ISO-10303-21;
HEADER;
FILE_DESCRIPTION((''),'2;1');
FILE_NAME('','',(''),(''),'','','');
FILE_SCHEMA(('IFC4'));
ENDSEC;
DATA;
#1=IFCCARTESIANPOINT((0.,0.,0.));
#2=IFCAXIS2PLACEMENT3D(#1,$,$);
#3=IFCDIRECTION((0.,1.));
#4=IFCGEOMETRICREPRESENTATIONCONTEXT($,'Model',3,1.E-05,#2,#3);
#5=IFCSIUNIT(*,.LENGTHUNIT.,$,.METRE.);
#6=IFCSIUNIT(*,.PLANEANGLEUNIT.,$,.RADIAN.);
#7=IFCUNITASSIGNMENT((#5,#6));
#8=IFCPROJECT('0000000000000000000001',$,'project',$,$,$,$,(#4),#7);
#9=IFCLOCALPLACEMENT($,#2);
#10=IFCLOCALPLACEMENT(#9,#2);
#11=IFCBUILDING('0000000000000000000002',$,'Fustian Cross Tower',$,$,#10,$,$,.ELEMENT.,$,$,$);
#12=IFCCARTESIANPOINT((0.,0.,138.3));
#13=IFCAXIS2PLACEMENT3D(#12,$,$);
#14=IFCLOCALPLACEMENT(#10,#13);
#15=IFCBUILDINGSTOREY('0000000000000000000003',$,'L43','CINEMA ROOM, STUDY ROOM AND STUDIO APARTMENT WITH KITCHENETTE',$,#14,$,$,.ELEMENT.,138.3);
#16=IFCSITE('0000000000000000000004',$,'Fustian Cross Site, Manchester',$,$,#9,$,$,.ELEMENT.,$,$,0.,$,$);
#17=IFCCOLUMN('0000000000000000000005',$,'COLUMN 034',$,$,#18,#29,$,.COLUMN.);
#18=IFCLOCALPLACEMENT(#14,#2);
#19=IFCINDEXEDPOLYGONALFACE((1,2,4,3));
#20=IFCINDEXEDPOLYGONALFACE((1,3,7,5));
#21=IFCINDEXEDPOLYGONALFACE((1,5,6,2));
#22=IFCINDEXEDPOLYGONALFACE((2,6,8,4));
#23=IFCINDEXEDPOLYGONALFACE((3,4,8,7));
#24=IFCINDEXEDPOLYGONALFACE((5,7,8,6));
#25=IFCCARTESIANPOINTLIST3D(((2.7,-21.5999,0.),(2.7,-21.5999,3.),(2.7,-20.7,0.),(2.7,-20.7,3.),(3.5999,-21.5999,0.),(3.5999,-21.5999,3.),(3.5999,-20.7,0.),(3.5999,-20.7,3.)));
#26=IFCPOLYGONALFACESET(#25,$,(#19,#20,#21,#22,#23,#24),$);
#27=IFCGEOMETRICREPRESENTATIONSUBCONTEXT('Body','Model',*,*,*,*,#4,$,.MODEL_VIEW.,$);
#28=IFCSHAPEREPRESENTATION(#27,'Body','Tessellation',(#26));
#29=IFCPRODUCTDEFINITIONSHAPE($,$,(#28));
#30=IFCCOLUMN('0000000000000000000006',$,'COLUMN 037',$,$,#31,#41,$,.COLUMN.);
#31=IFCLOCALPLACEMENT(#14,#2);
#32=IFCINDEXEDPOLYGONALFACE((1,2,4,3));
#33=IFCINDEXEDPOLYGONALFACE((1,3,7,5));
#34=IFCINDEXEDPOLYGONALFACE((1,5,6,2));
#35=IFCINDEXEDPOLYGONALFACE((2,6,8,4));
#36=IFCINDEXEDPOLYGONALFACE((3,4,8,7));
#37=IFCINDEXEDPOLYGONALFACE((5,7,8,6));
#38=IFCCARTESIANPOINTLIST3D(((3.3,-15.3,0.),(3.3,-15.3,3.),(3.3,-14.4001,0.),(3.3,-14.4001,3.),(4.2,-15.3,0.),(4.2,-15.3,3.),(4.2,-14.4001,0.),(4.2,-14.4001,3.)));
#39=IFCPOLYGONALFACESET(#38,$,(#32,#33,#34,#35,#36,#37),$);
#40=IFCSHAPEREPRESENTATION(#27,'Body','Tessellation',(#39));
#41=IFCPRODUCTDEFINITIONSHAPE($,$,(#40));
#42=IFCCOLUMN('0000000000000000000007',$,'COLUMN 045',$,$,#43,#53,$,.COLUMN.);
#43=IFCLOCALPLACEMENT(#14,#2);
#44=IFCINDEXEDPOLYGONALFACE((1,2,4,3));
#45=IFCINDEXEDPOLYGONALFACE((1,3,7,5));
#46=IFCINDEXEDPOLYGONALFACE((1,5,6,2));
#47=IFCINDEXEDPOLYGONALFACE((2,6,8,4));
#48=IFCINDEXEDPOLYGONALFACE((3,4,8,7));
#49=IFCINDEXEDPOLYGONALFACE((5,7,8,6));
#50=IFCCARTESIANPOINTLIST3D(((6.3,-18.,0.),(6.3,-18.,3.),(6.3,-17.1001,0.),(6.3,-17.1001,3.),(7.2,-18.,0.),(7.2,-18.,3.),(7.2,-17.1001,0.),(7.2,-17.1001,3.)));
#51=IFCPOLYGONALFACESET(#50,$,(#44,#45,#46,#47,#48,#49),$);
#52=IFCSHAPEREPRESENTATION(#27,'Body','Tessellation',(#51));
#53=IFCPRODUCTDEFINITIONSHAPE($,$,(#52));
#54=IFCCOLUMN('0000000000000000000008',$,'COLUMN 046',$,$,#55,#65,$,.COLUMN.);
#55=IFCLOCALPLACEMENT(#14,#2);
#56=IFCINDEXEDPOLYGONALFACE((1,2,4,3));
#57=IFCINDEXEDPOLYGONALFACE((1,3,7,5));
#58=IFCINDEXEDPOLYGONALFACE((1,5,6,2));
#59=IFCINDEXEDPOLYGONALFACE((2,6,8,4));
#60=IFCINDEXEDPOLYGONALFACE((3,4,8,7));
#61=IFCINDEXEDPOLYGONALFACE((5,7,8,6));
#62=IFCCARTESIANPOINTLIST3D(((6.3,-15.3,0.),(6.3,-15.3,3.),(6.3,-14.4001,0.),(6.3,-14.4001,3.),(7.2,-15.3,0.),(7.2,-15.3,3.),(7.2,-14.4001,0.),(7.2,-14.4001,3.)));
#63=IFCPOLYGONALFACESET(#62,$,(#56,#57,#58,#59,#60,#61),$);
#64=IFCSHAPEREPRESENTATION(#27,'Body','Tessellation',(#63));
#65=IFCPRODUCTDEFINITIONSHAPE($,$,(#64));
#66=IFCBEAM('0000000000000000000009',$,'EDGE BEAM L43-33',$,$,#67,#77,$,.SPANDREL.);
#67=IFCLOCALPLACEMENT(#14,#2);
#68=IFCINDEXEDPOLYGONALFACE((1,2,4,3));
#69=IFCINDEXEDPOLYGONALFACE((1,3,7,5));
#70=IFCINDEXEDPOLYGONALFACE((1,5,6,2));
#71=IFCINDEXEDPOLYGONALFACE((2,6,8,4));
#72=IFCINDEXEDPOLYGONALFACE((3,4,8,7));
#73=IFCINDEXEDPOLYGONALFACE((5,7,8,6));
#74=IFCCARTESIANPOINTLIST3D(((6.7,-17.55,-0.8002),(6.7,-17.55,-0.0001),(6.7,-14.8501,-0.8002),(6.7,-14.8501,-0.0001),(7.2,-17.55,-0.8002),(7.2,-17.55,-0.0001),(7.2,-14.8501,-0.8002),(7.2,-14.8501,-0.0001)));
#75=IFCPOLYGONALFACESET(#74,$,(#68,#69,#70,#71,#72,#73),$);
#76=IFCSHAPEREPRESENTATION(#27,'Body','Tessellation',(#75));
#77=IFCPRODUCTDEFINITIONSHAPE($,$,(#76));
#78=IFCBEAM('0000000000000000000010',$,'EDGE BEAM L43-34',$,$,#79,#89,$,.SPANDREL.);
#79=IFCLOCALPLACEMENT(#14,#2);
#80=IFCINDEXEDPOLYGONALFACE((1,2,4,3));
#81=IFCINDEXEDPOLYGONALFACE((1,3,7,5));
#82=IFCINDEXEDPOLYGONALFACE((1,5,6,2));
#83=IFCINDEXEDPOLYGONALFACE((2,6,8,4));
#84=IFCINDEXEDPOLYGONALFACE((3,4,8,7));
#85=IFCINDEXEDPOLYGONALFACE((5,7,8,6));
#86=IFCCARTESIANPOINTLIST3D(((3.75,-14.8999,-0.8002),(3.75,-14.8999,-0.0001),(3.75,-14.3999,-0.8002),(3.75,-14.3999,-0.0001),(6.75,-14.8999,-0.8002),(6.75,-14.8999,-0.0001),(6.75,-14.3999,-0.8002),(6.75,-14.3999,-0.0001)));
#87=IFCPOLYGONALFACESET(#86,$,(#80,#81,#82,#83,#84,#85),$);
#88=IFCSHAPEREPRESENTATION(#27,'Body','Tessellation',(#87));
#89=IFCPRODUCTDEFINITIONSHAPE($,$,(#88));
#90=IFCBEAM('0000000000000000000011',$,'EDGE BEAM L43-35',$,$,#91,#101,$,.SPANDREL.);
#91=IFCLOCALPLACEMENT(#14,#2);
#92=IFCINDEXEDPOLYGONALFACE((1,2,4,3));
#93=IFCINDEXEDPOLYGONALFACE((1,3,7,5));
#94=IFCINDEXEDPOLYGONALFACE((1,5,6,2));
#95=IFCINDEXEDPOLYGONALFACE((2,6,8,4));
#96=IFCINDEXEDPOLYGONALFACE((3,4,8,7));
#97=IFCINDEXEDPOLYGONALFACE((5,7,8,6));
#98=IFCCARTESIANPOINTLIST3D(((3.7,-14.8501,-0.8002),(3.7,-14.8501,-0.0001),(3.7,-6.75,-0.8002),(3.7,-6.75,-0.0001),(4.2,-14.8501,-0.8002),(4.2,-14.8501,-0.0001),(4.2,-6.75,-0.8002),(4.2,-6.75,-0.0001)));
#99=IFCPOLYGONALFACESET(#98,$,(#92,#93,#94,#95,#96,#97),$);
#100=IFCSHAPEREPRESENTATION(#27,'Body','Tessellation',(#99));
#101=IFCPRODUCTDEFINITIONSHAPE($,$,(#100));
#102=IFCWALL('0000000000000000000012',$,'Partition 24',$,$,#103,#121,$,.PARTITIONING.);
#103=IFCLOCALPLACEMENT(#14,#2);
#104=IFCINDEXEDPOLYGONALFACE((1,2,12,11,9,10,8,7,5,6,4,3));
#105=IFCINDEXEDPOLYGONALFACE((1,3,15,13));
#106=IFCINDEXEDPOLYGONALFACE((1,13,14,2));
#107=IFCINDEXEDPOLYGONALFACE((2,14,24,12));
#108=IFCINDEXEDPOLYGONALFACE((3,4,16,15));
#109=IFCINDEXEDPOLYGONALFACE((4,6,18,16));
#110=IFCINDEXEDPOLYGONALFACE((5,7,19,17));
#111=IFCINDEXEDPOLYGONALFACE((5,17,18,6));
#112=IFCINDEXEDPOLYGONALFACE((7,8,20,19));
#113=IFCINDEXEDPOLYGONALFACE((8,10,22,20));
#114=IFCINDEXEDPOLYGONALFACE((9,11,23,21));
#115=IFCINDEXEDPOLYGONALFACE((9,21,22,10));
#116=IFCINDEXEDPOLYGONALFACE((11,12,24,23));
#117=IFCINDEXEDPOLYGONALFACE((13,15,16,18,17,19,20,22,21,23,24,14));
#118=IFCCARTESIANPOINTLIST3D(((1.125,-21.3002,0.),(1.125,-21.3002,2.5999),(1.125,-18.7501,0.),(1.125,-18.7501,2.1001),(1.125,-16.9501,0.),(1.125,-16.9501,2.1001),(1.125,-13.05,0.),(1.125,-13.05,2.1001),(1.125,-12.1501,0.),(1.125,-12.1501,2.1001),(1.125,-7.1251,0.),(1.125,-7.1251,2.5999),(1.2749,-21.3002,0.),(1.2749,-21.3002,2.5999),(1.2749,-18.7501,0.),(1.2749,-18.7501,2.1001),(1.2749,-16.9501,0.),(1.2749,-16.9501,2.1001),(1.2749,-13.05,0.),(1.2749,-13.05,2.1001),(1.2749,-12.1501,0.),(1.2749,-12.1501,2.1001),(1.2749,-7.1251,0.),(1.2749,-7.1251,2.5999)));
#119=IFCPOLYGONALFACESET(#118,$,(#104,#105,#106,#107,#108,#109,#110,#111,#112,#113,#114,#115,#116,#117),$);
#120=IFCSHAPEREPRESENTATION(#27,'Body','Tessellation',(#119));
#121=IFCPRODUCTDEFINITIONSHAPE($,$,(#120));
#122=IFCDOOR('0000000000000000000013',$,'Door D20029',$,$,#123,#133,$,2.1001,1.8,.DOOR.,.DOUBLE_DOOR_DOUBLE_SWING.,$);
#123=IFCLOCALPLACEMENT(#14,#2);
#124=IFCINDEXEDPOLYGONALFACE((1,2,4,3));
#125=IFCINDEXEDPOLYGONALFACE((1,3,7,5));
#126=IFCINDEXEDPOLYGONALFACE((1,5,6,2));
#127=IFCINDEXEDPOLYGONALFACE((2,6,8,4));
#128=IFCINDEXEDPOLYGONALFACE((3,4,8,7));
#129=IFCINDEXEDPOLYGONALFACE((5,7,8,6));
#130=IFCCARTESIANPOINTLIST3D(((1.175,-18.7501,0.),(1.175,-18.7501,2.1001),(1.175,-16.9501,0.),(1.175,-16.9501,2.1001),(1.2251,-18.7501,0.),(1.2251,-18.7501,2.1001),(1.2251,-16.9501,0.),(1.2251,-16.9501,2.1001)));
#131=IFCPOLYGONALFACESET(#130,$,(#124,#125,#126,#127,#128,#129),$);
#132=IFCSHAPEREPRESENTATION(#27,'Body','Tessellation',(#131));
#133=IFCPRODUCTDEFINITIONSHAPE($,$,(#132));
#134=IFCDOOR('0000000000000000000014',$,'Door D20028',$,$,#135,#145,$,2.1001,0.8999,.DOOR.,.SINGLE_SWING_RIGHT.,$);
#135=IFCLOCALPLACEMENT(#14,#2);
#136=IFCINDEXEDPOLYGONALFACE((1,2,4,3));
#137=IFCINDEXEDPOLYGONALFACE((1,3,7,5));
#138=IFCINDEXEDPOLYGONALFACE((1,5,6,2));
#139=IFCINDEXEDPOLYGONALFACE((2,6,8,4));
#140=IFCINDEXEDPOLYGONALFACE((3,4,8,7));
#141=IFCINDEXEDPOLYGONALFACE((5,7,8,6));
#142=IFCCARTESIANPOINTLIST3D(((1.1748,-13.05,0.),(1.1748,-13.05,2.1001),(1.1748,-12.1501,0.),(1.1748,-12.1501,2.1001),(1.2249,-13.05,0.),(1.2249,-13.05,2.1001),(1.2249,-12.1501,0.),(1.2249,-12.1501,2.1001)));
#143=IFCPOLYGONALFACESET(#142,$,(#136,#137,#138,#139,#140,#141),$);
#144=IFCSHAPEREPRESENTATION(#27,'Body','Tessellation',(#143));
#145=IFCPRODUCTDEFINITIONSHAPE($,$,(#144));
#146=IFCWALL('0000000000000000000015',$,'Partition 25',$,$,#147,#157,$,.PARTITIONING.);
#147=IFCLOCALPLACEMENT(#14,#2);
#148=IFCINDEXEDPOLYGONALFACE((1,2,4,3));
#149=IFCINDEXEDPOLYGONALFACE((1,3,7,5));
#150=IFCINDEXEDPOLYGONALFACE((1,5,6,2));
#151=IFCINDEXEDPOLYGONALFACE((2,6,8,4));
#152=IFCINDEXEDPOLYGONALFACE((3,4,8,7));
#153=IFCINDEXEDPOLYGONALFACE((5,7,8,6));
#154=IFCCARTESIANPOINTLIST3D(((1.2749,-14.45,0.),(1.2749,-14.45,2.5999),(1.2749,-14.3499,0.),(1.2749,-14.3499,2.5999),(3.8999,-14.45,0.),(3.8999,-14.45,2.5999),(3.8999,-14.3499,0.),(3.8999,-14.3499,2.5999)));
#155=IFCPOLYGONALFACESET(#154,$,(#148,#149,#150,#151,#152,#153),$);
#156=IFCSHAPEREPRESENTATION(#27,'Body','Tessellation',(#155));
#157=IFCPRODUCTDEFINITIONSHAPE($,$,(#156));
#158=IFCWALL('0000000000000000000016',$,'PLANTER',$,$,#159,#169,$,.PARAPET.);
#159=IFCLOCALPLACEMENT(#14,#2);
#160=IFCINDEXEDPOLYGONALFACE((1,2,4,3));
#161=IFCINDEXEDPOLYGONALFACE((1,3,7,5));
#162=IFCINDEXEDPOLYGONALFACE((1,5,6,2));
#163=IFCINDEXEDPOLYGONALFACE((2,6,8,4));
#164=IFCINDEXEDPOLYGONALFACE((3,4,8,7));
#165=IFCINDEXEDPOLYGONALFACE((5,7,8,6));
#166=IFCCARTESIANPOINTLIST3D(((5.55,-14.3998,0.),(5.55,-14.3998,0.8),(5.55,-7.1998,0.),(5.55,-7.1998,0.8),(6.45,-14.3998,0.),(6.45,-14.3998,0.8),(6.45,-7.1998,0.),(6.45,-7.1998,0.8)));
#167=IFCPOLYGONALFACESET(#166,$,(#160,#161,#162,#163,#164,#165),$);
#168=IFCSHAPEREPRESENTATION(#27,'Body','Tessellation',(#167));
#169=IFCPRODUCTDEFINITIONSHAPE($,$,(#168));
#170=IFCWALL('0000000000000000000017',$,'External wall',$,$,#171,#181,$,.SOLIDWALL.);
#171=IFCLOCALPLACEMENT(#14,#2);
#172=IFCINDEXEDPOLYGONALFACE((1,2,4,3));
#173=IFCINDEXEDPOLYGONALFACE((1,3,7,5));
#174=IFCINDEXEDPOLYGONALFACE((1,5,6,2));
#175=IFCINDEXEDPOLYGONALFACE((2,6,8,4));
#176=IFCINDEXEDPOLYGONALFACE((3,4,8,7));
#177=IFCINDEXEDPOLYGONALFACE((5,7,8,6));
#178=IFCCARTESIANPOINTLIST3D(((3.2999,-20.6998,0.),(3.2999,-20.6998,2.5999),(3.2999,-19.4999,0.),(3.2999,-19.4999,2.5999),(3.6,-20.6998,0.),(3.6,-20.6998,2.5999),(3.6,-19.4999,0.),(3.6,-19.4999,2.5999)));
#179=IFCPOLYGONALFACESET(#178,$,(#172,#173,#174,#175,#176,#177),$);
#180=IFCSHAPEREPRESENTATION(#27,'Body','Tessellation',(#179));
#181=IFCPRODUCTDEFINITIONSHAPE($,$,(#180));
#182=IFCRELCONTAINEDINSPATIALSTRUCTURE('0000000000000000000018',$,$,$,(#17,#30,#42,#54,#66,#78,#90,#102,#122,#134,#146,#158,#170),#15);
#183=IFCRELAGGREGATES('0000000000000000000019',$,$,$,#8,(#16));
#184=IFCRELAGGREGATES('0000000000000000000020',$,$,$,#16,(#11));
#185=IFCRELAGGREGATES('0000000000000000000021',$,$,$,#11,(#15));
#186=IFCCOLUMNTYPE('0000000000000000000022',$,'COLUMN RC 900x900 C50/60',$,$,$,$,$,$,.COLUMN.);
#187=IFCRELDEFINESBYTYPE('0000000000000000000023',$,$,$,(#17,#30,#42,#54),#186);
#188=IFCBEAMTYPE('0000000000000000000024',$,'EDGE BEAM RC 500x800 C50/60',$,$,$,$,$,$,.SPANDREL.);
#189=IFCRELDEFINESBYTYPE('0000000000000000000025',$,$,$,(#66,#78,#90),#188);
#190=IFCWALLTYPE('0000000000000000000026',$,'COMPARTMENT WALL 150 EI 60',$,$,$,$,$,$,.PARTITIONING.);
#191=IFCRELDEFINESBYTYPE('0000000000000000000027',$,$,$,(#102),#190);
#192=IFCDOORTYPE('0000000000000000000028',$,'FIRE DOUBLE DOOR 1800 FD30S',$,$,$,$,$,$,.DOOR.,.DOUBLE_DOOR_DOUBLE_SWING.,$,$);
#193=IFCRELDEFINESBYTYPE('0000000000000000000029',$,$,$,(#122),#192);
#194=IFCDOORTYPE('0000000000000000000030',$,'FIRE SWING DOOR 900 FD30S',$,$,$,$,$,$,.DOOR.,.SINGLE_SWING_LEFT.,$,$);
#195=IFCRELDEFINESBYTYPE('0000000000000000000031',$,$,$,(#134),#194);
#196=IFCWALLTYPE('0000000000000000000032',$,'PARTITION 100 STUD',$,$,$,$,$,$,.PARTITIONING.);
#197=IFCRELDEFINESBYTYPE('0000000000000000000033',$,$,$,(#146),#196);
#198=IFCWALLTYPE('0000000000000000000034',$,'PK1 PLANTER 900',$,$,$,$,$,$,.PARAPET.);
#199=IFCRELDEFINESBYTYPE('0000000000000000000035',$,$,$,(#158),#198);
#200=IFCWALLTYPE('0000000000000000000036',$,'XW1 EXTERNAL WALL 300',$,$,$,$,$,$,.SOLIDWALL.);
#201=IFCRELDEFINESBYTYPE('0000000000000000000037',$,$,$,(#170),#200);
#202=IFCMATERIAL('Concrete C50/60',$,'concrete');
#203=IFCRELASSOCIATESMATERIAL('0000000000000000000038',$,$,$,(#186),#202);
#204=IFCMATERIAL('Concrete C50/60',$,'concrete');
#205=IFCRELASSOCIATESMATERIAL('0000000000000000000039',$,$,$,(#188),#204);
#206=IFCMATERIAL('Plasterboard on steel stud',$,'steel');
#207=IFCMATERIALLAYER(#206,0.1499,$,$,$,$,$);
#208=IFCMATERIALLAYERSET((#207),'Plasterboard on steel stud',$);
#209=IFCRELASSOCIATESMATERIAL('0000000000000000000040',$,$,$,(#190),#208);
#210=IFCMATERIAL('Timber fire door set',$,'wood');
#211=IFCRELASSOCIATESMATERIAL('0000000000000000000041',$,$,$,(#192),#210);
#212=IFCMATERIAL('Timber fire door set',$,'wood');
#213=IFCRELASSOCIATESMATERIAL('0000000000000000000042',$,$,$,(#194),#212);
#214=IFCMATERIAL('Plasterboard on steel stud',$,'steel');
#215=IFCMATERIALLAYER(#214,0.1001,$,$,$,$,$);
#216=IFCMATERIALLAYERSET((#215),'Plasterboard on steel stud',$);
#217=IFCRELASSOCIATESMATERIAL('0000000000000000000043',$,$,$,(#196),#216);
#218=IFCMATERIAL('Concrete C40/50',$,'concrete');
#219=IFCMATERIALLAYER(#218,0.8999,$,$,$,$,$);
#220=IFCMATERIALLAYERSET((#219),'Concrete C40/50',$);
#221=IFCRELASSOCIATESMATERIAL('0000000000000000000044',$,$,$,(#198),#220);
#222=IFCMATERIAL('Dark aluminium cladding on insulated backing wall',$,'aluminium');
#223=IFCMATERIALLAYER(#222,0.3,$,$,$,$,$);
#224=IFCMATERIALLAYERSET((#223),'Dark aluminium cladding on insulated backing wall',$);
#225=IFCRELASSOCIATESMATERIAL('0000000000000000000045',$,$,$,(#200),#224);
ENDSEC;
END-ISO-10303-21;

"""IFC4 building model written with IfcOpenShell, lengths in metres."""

from ifc_helpers import new_model, si_unit, direction, frame, frame_2d, origin, origin_2d, place, context, subcontext, project, spatial, rectangle, extrude, material, layer, layer_set, material_profile, profile_set, type_object, element, fill, save


model = new_model("IFC4")

# Units and contexts
model_context = context("Model", 3, precision=1e-05, world=origin(), true_north=direction((0.0, 1.0)))
body_context = subcontext(model_context, "Body", "Model", "MODEL_VIEW")
ifc_project = project(units=[si_unit("LENGTHUNIT", "METRE"), si_unit("PLANEANGLEUNIT", "RADIAN")], contexts=[model_context])

# Site, building, storey
site_placement = place(None, origin())
site = spatial("IfcSite", under=ifc_project, at=site_placement, Name="Fustian Cross Site, Manchester", CompositionType="ELEMENT", RefElevation=0.0)
building_placement = place(site_placement, origin())
building = spatial("IfcBuilding", under=site, at=building_placement, Name="Fustian Cross Tower", CompositionType="ELEMENT")
storey_placement = place(building_placement, frame((0.0, 0.0, 138.3)))
storey = spatial("IfcBuildingStorey", under=building, at=storey_placement, Name="L43", Description="CINEMA ROOM, STUDY ROOM AND STUDIO APARTMENT WITH KITCHENETTE", CompositionType="ELEMENT", Elevation=138.3)

# Columns
ifc_material_1 = material(Name="Concrete C50/60", Category="concrete")
ifc_material_profile_1 = material_profile(ifc_material_1, rectangle(XDim=0.8999, YDim=0.8999, at=origin_2d()), Name="RC 900x900")
ifc_profile_set_1 = profile_set([ifc_material_profile_1], Name="Concrete C50/60")
column_type = type_object("IfcColumnType", Name="COLUMN RC 900x900 C50/60", PredefinedType="COLUMN", material=ifc_profile_set_1)
for number, where, z_axis, x_axis, name in (
    (1, (3.1499, -21.1499, 0.0), (0.0, 0.0, 1.0), (1.0, 0.0, 0.0), "COLUMN 034"),
    (2, (3.75, -14.8501, 0.0), (0.0, 0.0, 1.0), (1.0, 0.0, 0.0), "COLUMN 037"),
    (3, (6.75, -17.55, 0.0), (0.0, 0.0, 1.0), (1.0, 0.0, 0.0), "COLUMN 045"),
    (4, (6.75, -14.8501, 0.0), (0.0, 0.0, 1.0), (1.0, 0.0, 0.0), "COLUMN 046"),
):
    element("IfcColumn", number, at=place(storey_placement, frame(where, z_axis=z_axis, x_axis=x_axis)), inside=storey, type_object=column_type, Name=name, PredefinedType="COLUMN", context=body_context, shape_type="SweptSolid", body=[
        extrude(rectangle(XDim=0.8999, YDim=0.8999, at=origin_2d()), origin(), (0.0, 0.0, 1.0), 3.0),
    ])

# Beams
ifc_material_2 = material(Name="Concrete C50/60", Category="concrete")
ifc_material_profile_2 = material_profile(ifc_material_2, rectangle(XDim=0.5, YDim=0.8, at=origin_2d()), Name="RC 500x800")
ifc_profile_set_2 = profile_set([ifc_material_profile_2], Name="Concrete C50/60")
beam_type = type_object("IfcBeamType", Name="EDGE BEAM RC 500x800 C50/60", PredefinedType="SPANDREL", material=ifc_profile_set_2)
beam_1_placement = place(storey_placement, frame((6.95, -17.55, -0.4001), z_axis=(0.0, 1.0, 0.0), x_axis=(-1.0, 0.0, 0.0)))
element("IfcBeam", 5, at=beam_1_placement, inside=storey, type_object=beam_type, Name="EDGE BEAM L43-33", PredefinedType="SPANDREL", context=body_context, shape_type="SweptSolid", body=[
    extrude(rectangle(XDim=0.5, YDim=0.8, at=origin_2d()), origin(), (0.0, 0.0, 1.0), 2.7),
])
beam_2_placement = place(storey_placement, frame((6.75, -14.6499, -0.4001), z_axis=(-1.0, 0.0, 0.0), x_axis=(0.0, -1.0, 0.0)))
element("IfcBeam", 6, at=beam_2_placement, inside=storey, type_object=beam_type, Name="EDGE BEAM L43-34", PredefinedType="SPANDREL", context=body_context, shape_type="SweptSolid", body=[
    extrude(rectangle(XDim=0.5, YDim=0.8, at=origin_2d()), origin(), (0.0, 0.0, 1.0), 3.0),
])
beam_3_placement = place(storey_placement, frame((3.95, -14.8501, -0.4001), z_axis=(0.0, 1.0, 0.0), x_axis=(-1.0, 0.0, 0.0)))
element("IfcBeam", 7, at=beam_3_placement, inside=storey, type_object=beam_type, Name="EDGE BEAM L43-35", PredefinedType="SPANDREL", context=body_context, shape_type="SweptSolid", body=[
    extrude(rectangle(XDim=0.5, YDim=0.8, at=origin_2d()), origin(), (0.0, 0.0, 1.0), 8.1001),
])

# Wall, openings, doors
ifc_material_3 = material(Name="Plasterboard on steel stud", Category="steel")
ifc_layer_1 = layer(ifc_material_3, 0.1499)
ifc_layer_set_1 = layer_set([ifc_layer_1], Name="Plasterboard on steel stud")
wall_type_1 = type_object("IfcWallType", Name="COMPARTMENT WALL 150 EI 60", PredefinedType="PARTITIONING", material=ifc_layer_set_1)
wall_1_placement = place(storey_placement, frame((1.2, -21.3, 0.0), z_axis=(0.0, 0.0, 1.0), x_axis=(0.0, 1.0, 0.0)))
wall_1 = element("IfcWall", 8, at=wall_1_placement, inside=storey, type_object=wall_type_1, Name="Partition 24", PredefinedType="PARTITIONING", context=body_context, shape_type="SweptSolid", body=[
    extrude(rectangle(XDim=14.175, YDim=0.1499, at=frame_2d((7.0874, 0.0))), origin(), (0.0, 0.0, 1.0), 2.5999),
])
opening_1_placement = place(wall_1_placement, frame((8.25, 0.0, 0.0)))
opening_1 = element("IfcOpeningElement", 9, at=opening_1_placement, cuts=wall_1, PredefinedType="OPENING", context=body_context, shape_type="SweptSolid", body=[
    extrude(rectangle(XDim=0.8999, YDim=2.1001, at=frame_2d((0.45, 1.05))), frame((0.0, 0.085, 0.0), z_axis=(0.0, -1.0, 0.0), x_axis=(1.0, 0.0, 0.0)), (0.0, 0.0, 1.0), 0.1699),
])
opening_2_placement = place(wall_1_placement, frame((2.55, 0.0, 0.0)))
opening_2 = element("IfcOpeningElement", 10, at=opening_2_placement, cuts=wall_1, PredefinedType="OPENING", context=body_context, shape_type="SweptSolid", body=[
    extrude(rectangle(XDim=1.8, YDim=2.1001, at=frame_2d((0.8999, 1.05))), frame((0.0, 0.085, 0.0), z_axis=(0.0, -1.0, 0.0), x_axis=(1.0, 0.0, 0.0)), (0.0, 0.0, 1.0), 0.1699),
])
ifc_material_4 = material(Name="Timber fire door set", Category="wood")
door_type_1 = type_object("IfcDoorType", Name="FIRE DOUBLE DOOR 1800 FD30S", OperationType="DOUBLE_DOOR_DOUBLE_SWING", PredefinedType="DOOR", material=ifc_material_4)
door_1_placement = place(opening_2_placement, origin())
door_1 = element("IfcDoor", 11, at=door_1_placement, inside=storey, type_object=door_type_1, Name="Door D20029", OperationType="DOUBLE_DOOR_DOUBLE_SWING", OverallHeight=2.1001, OverallWidth=1.8, PredefinedType="DOOR", context=body_context, shape_type="SweptSolid", body=[
    extrude(rectangle(XDim=1.8, YDim=2.1001, at=frame_2d((0.8999, 1.05))), frame((0.0, 0.0249, 0.0), z_axis=(0.0, -1.0, 0.0), x_axis=(1.0, 0.0, 0.0)), (0.0, 0.0, 1.0), 0.05),
])
fill(opening_2, door_1)
ifc_material_5 = material(Name="Timber fire door set", Category="wood")
door_type_2 = type_object("IfcDoorType", Name="FIRE SWING DOOR 900 FD30S", OperationType="SINGLE_SWING_LEFT", PredefinedType="DOOR", material=ifc_material_5)
door_2_placement = place(opening_1_placement, frame((0.8999, 0.0, 0.0), z_axis=(0.0, 0.0, 1.0), x_axis=(-1.0, 0.0, 0.0)))
door_2 = element("IfcDoor", 12, at=door_2_placement, inside=storey, type_object=door_type_2, Name="Door D20028", OperationType="SINGLE_SWING_RIGHT", OverallHeight=2.1001, OverallWidth=0.8999, PredefinedType="DOOR", context=body_context, shape_type="SweptSolid", body=[
    extrude(rectangle(XDim=0.8999, YDim=2.1001, at=frame_2d((0.45, 1.05))), frame((0.0, 0.0249, 0.0), z_axis=(0.0, -1.0, 0.0), x_axis=(1.0, 0.0, 0.0)), (0.0, 0.0, 1.0), 0.05),
])
fill(opening_1, door_2)

# Walls
ifc_material_6 = material(Name="Plasterboard on steel stud", Category="steel")
ifc_layer_2 = layer(ifc_material_6, 0.1001)
ifc_layer_set_2 = layer_set([ifc_layer_2], Name="Plasterboard on steel stud")
wall_type_2 = type_object("IfcWallType", Name="PARTITION 100 STUD", PredefinedType="PARTITIONING", material=ifc_layer_set_2)
wall_2_placement = place(storey_placement, frame((1.2749, -14.3999, 0.0), z_axis=(0.0, 0.0, 1.0), x_axis=(1.0, 0.0, 0.0)))
element("IfcWall", 13, at=wall_2_placement, inside=storey, type_object=wall_type_2, Name="Partition 25", PredefinedType="PARTITIONING", context=body_context, shape_type="SweptSolid", body=[
    extrude(rectangle(XDim=2.625, YDim=0.1001, at=frame_2d((1.3125, 0.0))), origin(), (0.0, 0.0, 1.0), 2.5999),
])
ifc_material_7 = material(Name="Concrete C40/50", Category="concrete")
ifc_layer_3 = layer(ifc_material_7, 0.8999)
ifc_layer_set_3 = layer_set([ifc_layer_3], Name="Concrete C40/50")
wall_type_3 = type_object("IfcWallType", Name="PK1 PLANTER 900", PredefinedType="PARAPET", material=ifc_layer_set_3)
wall_3_placement = place(storey_placement, frame((6.0, -14.3999, 0.0), z_axis=(0.0, 0.0, 1.0), x_axis=(0.0, 1.0, 0.0)))
element("IfcWall", 14, at=wall_3_placement, inside=storey, type_object=wall_type_3, Name="PLANTER", PredefinedType="PARAPET", context=body_context, shape_type="SweptSolid", body=[
    extrude(rectangle(XDim=7.2, YDim=0.8999, at=frame_2d((3.6001, 0.0))), origin(), (0.0, 0.0, 1.0), 0.8),
])
ifc_material_8 = material(Name="Dark aluminium cladding on insulated backing wall", Category="aluminium")
ifc_layer_4 = layer(ifc_material_8, 0.3)
ifc_layer_set_4 = layer_set([ifc_layer_4], Name="Dark aluminium cladding on insulated backing wall")
wall_type_4 = type_object("IfcWallType", Name="XW1 EXTERNAL WALL 300", PredefinedType="SOLIDWALL", material=ifc_layer_set_4)
wall_4_placement = place(storey_placement, frame((3.45, -20.7, 0.0), z_axis=(0.0, 0.0, 1.0), x_axis=(0.0, 1.0, 0.0)))
element("IfcWall", 15, at=wall_4_placement, inside=storey, type_object=wall_type_4, Name="External wall", PredefinedType="SOLIDWALL", context=body_context, shape_type="SweptSolid", body=[
    extrude(rectangle(XDim=1.2, YDim=0.3, at=frame_2d((0.6001, 0.0))), origin(), (0.0, 0.0, 1.0), 2.5999),
])

save(model, "model.ifc")
